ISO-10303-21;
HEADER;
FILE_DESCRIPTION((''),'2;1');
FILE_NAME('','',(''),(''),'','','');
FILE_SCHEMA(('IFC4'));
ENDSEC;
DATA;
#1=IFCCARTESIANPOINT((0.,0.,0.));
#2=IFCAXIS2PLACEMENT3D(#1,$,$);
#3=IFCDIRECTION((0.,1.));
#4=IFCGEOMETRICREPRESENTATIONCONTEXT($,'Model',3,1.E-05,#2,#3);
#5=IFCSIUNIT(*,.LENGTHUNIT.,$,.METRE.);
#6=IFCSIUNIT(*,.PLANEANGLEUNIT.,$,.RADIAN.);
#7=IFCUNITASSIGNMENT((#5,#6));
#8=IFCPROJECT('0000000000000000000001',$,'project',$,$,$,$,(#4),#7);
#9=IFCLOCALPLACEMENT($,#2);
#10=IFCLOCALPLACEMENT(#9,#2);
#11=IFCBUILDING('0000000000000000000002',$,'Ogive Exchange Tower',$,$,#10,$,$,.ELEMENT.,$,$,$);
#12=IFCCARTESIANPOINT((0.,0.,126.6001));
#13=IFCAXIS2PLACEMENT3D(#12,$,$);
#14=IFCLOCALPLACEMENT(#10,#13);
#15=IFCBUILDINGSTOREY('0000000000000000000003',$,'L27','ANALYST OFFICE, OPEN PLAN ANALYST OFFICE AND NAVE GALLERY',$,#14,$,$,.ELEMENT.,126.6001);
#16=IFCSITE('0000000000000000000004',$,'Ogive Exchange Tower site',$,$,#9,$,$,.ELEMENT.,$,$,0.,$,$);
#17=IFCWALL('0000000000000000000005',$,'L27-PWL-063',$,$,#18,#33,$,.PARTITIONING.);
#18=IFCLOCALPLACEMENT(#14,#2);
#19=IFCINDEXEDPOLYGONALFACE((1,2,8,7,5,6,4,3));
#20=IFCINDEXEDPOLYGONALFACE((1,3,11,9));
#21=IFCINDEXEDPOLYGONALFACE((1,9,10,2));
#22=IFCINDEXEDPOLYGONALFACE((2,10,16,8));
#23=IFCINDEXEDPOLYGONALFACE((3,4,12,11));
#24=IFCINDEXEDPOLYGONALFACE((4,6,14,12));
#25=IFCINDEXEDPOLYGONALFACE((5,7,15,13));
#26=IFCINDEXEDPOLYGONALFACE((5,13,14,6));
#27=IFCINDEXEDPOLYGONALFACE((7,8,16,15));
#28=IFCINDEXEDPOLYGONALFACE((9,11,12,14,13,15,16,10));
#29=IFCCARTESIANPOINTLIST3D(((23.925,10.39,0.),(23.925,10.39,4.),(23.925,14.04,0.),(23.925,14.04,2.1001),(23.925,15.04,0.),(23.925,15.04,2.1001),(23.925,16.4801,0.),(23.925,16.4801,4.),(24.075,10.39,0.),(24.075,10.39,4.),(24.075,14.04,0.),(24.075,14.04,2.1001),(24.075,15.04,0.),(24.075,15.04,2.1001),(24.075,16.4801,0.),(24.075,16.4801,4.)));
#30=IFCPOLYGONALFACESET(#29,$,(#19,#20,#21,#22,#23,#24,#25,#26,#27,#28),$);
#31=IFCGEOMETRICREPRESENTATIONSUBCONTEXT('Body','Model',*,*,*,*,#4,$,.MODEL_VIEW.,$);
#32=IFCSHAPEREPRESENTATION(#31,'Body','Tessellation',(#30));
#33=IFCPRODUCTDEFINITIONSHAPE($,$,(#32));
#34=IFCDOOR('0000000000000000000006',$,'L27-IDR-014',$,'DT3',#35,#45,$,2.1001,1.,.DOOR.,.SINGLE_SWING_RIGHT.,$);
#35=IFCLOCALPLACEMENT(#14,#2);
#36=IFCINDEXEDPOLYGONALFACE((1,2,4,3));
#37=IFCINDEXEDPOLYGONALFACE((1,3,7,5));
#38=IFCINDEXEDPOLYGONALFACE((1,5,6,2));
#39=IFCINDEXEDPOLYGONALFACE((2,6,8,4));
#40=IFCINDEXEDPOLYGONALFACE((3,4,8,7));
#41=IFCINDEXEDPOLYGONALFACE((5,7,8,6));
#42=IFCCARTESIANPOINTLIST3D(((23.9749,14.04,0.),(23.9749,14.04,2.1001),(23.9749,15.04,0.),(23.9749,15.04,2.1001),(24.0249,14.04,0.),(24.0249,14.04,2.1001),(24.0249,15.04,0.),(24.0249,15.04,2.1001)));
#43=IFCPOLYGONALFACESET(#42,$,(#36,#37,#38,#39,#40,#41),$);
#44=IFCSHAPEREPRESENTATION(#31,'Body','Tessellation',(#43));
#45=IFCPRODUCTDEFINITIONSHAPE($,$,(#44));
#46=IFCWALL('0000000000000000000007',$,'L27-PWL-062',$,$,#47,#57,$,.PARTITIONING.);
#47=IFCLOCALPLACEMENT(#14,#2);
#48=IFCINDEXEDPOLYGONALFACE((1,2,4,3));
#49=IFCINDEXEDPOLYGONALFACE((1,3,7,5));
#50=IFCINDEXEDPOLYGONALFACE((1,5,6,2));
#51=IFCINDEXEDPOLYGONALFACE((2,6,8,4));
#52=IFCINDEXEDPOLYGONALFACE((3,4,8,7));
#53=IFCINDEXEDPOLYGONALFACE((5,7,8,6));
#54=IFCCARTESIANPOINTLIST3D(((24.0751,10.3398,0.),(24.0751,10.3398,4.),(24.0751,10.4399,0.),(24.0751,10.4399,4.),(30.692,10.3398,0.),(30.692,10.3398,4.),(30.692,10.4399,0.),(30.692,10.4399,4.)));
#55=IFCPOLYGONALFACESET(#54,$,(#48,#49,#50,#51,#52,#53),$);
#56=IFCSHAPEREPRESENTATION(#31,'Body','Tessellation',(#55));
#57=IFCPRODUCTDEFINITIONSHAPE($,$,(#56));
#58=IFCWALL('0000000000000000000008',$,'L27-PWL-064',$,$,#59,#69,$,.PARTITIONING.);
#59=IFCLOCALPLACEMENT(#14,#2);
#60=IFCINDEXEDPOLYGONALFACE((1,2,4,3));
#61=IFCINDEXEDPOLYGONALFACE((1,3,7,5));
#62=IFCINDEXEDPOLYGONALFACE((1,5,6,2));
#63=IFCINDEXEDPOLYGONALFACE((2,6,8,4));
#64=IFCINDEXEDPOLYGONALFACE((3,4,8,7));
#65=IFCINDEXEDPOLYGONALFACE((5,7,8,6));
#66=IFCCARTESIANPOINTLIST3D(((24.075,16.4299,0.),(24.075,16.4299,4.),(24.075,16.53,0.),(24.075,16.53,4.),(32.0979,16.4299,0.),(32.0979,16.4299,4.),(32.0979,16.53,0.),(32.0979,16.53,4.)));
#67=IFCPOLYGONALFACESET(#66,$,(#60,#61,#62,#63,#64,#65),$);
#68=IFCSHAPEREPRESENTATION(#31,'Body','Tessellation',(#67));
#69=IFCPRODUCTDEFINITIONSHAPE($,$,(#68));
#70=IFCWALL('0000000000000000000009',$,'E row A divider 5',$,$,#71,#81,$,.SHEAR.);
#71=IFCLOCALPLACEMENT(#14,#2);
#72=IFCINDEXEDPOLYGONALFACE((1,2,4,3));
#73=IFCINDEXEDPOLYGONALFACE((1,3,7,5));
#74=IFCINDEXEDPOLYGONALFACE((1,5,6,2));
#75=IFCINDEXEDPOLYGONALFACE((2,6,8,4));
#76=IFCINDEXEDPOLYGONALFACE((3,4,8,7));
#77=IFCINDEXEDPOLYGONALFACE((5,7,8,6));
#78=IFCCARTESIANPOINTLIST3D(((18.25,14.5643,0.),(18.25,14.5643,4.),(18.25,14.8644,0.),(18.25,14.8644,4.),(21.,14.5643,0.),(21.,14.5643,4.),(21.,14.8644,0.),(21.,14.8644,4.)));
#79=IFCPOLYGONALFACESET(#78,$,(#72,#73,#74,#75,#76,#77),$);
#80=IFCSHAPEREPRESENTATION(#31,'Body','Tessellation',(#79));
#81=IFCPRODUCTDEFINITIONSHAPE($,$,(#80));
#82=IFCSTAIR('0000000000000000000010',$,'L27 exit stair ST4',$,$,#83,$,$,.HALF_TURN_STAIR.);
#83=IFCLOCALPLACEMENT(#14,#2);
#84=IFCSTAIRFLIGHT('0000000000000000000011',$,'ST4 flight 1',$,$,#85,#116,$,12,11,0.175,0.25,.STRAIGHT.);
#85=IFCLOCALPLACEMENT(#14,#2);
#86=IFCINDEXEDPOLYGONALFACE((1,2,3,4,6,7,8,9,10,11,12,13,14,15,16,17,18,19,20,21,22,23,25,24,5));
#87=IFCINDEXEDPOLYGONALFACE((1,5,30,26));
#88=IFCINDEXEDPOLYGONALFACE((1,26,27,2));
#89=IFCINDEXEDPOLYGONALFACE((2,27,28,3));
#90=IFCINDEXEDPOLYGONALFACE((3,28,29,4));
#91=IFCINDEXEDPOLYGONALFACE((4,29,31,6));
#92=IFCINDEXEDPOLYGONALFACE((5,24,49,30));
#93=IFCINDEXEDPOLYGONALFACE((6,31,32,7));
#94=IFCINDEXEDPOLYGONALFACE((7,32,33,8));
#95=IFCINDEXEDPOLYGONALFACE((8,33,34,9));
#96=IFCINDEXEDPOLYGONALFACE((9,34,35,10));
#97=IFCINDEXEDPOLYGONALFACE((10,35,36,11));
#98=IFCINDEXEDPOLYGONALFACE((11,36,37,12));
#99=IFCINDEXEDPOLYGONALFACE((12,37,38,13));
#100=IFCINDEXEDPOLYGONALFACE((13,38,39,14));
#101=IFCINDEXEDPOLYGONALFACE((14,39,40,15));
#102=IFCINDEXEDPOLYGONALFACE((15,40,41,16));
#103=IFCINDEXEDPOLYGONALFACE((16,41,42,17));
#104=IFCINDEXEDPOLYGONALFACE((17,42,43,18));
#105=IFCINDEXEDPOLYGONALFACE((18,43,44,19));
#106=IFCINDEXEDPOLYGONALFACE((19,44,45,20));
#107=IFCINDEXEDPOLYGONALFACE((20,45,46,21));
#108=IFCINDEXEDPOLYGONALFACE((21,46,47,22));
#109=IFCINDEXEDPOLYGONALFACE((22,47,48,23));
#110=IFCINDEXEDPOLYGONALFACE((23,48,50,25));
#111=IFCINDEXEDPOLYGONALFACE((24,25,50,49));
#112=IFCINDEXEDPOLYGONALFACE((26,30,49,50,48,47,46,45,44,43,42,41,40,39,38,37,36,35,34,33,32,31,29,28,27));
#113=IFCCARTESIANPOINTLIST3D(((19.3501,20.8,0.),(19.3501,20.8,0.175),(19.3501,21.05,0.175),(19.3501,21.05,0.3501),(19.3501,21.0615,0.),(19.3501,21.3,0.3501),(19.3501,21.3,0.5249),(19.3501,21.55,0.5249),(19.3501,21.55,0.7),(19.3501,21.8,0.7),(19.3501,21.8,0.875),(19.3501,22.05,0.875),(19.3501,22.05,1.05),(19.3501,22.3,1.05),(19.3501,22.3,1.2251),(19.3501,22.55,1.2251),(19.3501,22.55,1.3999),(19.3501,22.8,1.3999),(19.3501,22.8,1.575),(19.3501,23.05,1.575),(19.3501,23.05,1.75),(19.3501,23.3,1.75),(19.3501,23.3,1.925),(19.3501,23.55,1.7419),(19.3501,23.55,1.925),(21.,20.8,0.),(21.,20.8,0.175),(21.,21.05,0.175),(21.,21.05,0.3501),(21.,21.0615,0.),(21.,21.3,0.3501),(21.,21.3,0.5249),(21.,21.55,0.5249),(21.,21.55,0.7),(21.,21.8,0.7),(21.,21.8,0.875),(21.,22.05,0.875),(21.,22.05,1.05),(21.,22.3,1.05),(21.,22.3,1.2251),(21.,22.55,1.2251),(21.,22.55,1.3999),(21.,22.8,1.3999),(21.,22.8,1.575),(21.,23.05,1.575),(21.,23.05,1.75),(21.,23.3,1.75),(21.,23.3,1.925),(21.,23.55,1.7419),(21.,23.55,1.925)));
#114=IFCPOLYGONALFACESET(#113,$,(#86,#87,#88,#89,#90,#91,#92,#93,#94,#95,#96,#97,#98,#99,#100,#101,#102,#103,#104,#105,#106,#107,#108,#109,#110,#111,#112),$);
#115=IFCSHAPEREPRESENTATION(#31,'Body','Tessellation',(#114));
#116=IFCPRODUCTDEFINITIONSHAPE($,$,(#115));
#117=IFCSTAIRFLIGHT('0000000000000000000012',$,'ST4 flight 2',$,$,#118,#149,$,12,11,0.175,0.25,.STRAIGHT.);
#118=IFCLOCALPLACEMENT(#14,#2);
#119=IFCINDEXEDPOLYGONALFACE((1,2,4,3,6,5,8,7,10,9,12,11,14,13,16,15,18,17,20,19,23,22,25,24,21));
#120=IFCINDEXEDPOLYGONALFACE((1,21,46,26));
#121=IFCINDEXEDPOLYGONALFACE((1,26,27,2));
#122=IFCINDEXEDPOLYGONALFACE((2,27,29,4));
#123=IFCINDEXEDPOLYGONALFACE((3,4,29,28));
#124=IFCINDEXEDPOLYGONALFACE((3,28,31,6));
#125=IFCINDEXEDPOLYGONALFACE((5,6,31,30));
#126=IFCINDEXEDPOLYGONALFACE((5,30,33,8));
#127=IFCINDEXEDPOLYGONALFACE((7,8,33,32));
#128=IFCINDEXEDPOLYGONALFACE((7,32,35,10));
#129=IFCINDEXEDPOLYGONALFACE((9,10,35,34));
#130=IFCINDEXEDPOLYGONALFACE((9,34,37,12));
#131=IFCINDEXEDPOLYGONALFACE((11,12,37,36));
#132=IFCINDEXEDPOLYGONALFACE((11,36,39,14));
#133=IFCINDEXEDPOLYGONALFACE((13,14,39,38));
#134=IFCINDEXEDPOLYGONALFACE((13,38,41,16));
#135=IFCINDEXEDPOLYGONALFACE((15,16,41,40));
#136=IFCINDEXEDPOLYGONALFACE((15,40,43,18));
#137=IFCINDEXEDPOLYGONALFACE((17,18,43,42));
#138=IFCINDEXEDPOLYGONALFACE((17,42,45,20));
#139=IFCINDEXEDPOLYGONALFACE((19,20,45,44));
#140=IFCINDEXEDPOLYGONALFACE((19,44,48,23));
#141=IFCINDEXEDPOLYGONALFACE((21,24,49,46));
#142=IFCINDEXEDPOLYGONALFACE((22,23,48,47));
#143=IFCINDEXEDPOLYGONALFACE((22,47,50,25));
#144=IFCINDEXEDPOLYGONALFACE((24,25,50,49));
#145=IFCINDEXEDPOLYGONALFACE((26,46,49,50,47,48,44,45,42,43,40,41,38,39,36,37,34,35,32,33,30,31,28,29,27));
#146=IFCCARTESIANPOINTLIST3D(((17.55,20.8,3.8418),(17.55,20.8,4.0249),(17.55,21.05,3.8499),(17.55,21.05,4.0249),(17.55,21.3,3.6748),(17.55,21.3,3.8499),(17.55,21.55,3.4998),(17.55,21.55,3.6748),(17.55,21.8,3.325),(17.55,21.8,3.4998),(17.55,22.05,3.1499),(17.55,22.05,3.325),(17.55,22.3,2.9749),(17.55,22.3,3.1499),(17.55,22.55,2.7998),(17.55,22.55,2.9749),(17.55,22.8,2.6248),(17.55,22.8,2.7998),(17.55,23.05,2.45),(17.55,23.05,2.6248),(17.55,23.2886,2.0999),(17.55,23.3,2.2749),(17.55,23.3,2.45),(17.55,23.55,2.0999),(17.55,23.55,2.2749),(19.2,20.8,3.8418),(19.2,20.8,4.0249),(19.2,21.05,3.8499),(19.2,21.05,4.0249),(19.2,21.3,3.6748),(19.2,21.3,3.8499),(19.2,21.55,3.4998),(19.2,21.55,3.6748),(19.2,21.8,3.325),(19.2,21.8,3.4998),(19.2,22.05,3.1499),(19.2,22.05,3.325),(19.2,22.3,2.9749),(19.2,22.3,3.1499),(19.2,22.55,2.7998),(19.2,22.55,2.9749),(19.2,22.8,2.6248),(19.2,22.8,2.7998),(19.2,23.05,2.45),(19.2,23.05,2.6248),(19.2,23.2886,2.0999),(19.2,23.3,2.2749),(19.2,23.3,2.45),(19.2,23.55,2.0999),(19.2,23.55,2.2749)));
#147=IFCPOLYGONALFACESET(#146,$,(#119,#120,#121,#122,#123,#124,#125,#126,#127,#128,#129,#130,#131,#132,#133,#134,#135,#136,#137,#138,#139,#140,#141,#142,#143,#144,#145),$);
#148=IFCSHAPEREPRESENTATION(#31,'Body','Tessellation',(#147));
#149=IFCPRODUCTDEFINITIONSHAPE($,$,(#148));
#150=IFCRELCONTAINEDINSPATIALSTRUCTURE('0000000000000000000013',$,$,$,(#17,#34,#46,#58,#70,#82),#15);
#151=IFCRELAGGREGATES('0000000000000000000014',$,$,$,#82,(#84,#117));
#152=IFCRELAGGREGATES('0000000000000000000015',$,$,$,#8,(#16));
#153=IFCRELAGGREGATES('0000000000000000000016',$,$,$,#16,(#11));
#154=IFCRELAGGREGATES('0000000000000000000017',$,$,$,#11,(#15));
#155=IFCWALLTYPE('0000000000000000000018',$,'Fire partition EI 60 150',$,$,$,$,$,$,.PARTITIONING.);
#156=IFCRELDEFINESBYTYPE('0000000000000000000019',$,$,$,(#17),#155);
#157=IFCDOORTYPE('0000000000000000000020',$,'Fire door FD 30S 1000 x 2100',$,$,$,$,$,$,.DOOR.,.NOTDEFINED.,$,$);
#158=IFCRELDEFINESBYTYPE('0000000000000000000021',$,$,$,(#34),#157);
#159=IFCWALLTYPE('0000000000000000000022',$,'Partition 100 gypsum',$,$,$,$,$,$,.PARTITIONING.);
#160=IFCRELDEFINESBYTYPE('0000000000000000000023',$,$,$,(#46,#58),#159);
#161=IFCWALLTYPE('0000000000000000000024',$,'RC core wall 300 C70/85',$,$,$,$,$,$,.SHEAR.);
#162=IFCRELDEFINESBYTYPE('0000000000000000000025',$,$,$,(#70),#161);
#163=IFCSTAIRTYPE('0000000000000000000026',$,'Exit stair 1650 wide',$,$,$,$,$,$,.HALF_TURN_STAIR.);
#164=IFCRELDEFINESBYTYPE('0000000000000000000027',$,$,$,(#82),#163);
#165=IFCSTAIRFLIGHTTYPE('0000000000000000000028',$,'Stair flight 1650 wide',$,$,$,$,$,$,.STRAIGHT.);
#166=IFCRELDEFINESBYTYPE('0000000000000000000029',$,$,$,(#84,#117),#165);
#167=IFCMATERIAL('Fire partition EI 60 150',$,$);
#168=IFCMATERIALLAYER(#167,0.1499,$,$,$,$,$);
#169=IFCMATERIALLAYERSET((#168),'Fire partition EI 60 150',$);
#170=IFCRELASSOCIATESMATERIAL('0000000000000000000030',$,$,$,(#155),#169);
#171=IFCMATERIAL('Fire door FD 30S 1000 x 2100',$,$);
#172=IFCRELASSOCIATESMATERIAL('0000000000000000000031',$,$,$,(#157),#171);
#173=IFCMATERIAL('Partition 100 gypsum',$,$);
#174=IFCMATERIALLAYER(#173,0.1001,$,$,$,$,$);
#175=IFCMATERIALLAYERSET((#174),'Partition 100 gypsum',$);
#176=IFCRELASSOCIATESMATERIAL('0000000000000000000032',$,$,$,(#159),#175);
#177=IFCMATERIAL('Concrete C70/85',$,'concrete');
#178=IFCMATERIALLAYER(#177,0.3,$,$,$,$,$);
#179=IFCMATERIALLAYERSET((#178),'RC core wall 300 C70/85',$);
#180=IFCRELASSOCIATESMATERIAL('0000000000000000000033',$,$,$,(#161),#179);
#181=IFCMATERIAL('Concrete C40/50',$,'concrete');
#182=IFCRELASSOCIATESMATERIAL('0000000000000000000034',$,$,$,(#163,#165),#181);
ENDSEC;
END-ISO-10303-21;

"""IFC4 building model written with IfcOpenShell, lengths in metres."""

from ifc_helpers import new_model, si_unit, direction, frame, frame_2d, origin, place, context, subcontext, project, spatial, polyline, rectangle, outline, extrude, material, layer, layer_set, type_object, element, fill, aggregate, save


model = new_model("IFC4")

# Units and contexts
model_context = context("Model", 3, precision=1e-05, world=origin(), true_north=direction((0.0, 1.0)))
body_context = subcontext(model_context, "Body", "Model", "MODEL_VIEW")
ifc_project = project(units=[si_unit("LENGTHUNIT", "METRE"), si_unit("PLANEANGLEUNIT", "RADIAN")], contexts=[model_context])

# Site, building, storey
site_placement = place(None, origin())
site = spatial("IfcSite", under=ifc_project, at=site_placement, Name="Ogive Exchange Tower site", CompositionType="ELEMENT", RefElevation=0.0)
building_placement = place(site_placement, origin())
building = spatial("IfcBuilding", under=site, at=building_placement, Name="Ogive Exchange Tower", CompositionType="ELEMENT")
storey_placement = place(building_placement, frame((0.0, 0.0, 126.6001)))
storey = spatial("IfcBuildingStorey", under=building, at=storey_placement, Name="L27", Description="ANALYST OFFICE, OPEN PLAN ANALYST OFFICE AND NAVE GALLERY", CompositionType="ELEMENT", Elevation=126.6001)

# Wall, opening, door
ifc_material_1 = material(Name="Fire partition EI 60 150")
ifc_layer_1 = layer(ifc_material_1, 0.1499)
ifc_layer_set_1 = layer_set([ifc_layer_1], Name="Fire partition EI 60 150")
wall_type_1 = type_object("IfcWallType", Name="Fire partition EI 60 150", PredefinedType="PARTITIONING", material=ifc_layer_set_1)
ifc_material_2 = material(Name="Fire door FD 30S 1000 x 2100")
door_type = type_object("IfcDoorType", Name="Fire door FD 30S 1000 x 2100", OperationType="NOTDEFINED", PredefinedType="DOOR", material=ifc_material_2)
wall_1_placement = place(storey_placement, frame((24.0, 16.48, 0.0), z_axis=(0.0, 0.0, 1.0), x_axis=(0.0, -1.0, 0.0)))
wall_1 = element("IfcWall", 1, at=wall_1_placement, inside=storey, type_object=wall_type_1, Name="L27-PWL-063", PredefinedType="PARTITIONING", context=body_context, shape_type="SweptSolid", body=[
    extrude(rectangle(XDim=6.0901, YDim=0.1499, at=frame_2d((3.0449, 0.0))), origin(), (0.0, 0.0, 1.0), 4.0),
])
opening_1_placement = place(wall_1_placement, frame((1.4399, 0.0, 0.0)))
opening_1 = element("IfcOpeningElement", 2, at=opening_1_placement, cuts=wall_1, PredefinedType="OPENING", context=body_context, shape_type="SweptSolid", body=[
    extrude(rectangle(XDim=1.0, YDim=2.1001, at=frame_2d((0.5, 1.05))), frame((0.0, 0.085, 0.0), z_axis=(0.0, -1.0, 0.0), x_axis=(1.0, 0.0, 0.0)), (0.0, 0.0, 1.0), 0.1699),
])
door_1_placement = place(opening_1_placement, origin())
door_1 = element("IfcDoor", 3, at=door_1_placement, inside=storey, type_object=door_type, Name="L27-IDR-014", ObjectType="DT3", OperationType="SINGLE_SWING_RIGHT", OverallHeight=2.1001, OverallWidth=1.0, PredefinedType="DOOR", context=body_context, shape_type="SweptSolid", body=[
    extrude(rectangle(XDim=1.0, YDim=2.1001, at=frame_2d((0.5, 1.05))), frame((0.0, 0.0249, 0.0), z_axis=(0.0, -1.0, 0.0), x_axis=(1.0, 0.0, 0.0)), (0.0, 0.0, 1.0), 0.05),
])
fill(opening_1, door_1)

# Walls
ifc_material_3 = material(Name="Partition 100 gypsum")
ifc_layer_2 = layer(ifc_material_3, 0.1001)
ifc_layer_set_2 = layer_set([ifc_layer_2], Name="Partition 100 gypsum")
wall_type_2 = type_object("IfcWallType", Name="Partition 100 gypsum", PredefinedType="PARTITIONING", material=ifc_layer_set_2)
wall_2_placement = place(storey_placement, frame((24.075, 10.3899, 0.0), z_axis=(0.0, 0.0, 1.0), x_axis=(1.0, 0.0, 0.0)))
element("IfcWall", 4, at=wall_2_placement, inside=storey, type_object=wall_type_2, Name="L27-PWL-062", PredefinedType="PARTITIONING", context=body_context, shape_type="SweptSolid", body=[
    extrude(rectangle(XDim=6.6169, YDim=0.1001, at=frame_2d((3.3086, 0.0))), origin(), (0.0, 0.0, 1.0), 4.0),
])
wall_3_placement = place(storey_placement, frame((24.075, 16.48, 0.0), z_axis=(0.0, 0.0, 1.0), x_axis=(1.0, 0.0, 0.0)))
element("IfcWall", 5, at=wall_3_placement, inside=storey, type_object=wall_type_2, Name="L27-PWL-064", PredefinedType="PARTITIONING", context=body_context, shape_type="SweptSolid", body=[
    extrude(rectangle(XDim=8.0229, YDim=0.1001, at=frame_2d((4.0115, 0.0))), origin(), (0.0, 0.0, 1.0), 4.0),
])
ifc_material_4 = material(Name="Concrete C70/85", Category="concrete")
ifc_layer_3 = layer(ifc_material_4, 0.3)
ifc_layer_set_3 = layer_set([ifc_layer_3], Name="RC core wall 300 C70/85")
wall_type_3 = type_object("IfcWallType", Name="RC core wall 300 C70/85", PredefinedType="SHEAR", material=ifc_layer_set_3)
wall_4_placement = place(storey_placement, frame((18.25, 14.7144, 0.0), z_axis=(0.0, 0.0, 1.0), x_axis=(1.0, 0.0, 0.0)))
element("IfcWall", 6, at=wall_4_placement, inside=storey, type_object=wall_type_3, Name="E row A divider 5", PredefinedType="SHEAR", context=body_context, shape_type="SweptSolid", body=[
    extrude(rectangle(XDim=2.75, YDim=0.3, at=frame_2d((1.375, 0.0))), origin(), (0.0, 0.0, 1.0), 4.0),
])

# Stair, stair flights
ifc_material_5 = material(Name="Concrete C40/50", Category="concrete")
stair_type = type_object("IfcStairType", Name="Exit stair 1650 wide", PredefinedType="HALF_TURN_STAIR", material=ifc_material_5)
stair_placement = place(storey_placement, origin())
stair = element("IfcStair", 7, at=stair_placement, inside=storey, type_object=stair_type, Name="L27 exit stair ST4", PredefinedType="HALF_TURN_STAIR")
stair_flight_type = type_object("IfcStairFlightType", Name="Stair flight 1650 wide", PredefinedType="STRAIGHT", material=ifc_material_5)
stair_flight_1_placement = place(storey_placement, frame((20.175, 20.8, 0.0), z_axis=(0.0, 0.0, 1.0), x_axis=(0.0, 1.0, 0.0)))
stair_flight_1 = element("IfcStairFlight", 8, at=stair_flight_1_placement, type_object=stair_flight_type, Name="ST4 flight 1", NumberOfRisers=12, NumberOfTreads=11, PredefinedType="STRAIGHT", RiserHeight=0.175, TreadLength=0.25, context=body_context, shape_type="SweptSolid", body=[
    extrude(outline(polyline([(0.0, 0.0), (0.0, 0.175), (0.25, 0.175), (0.25, 0.3501), (0.5, 0.3501), (0.5, 0.5249), (0.75, 0.5249), (0.75, 0.7), (1.0, 0.7), (1.0, 0.875), (1.25, 0.875), (1.25, 1.05), (1.5, 1.05), (1.5, 1.2251), (1.75, 1.2251), (1.75, 1.3999), (2.0, 1.3999), (2.0, 1.575), (2.25, 1.575), (2.25, 1.75), (2.5, 1.75), (2.5, 1.925), (2.75, 1.925), (2.75, 2.1001), (2.75, 1.7419), (0.2615, 0.0), (0.0, 0.0)])), frame((0.0, 0.825, 0.0), z_axis=(0.0, -1.0, 0.0), x_axis=(1.0, 0.0, 0.0)), (0.0, 0.0, 1.0), 1.6499),
])
stair_flight_2_placement = place(storey_placement, frame((18.375, 23.55, 2.0999), z_axis=(0.0, 0.0, 1.0), x_axis=(0.0, -1.0, 0.0)))
stair_flight_2 = element("IfcStairFlight", 9, at=stair_flight_2_placement, type_object=stair_flight_type, Name="ST4 flight 2", NumberOfRisers=12, NumberOfTreads=11, PredefinedType="STRAIGHT", RiserHeight=0.175, TreadLength=0.25, context=body_context, shape_type="SweptSolid", body=[
    extrude(outline(polyline([(0.0, 0.0), (0.0, 0.175), (0.25, 0.175), (0.25, 0.3501), (0.5, 0.3501), (0.5, 0.5249), (0.75, 0.5249), (0.75, 0.7), (1.0, 0.7), (1.0, 0.875), (1.25, 0.875), (1.25, 1.05), (1.5, 1.05), (1.5, 1.2251), (1.75, 1.2251), (1.75, 1.3999), (2.0, 1.3999), (2.0, 1.575), (2.25, 1.575), (2.25, 1.75), (2.5, 1.75), (2.5, 1.925), (2.75, 1.925), (2.75, 2.1001), (2.75, 1.7419), (0.2615, 0.0), (0.0, 0.0)])), frame((0.0, 0.825, 0.0), z_axis=(0.0, -1.0, 0.0), x_axis=(1.0, 0.0, 0.0)), (0.0, 0.0, 1.0), 1.6499),
])
aggregate(stair, [stair_flight_1, stair_flight_2])

save(model, "model.ifc")
